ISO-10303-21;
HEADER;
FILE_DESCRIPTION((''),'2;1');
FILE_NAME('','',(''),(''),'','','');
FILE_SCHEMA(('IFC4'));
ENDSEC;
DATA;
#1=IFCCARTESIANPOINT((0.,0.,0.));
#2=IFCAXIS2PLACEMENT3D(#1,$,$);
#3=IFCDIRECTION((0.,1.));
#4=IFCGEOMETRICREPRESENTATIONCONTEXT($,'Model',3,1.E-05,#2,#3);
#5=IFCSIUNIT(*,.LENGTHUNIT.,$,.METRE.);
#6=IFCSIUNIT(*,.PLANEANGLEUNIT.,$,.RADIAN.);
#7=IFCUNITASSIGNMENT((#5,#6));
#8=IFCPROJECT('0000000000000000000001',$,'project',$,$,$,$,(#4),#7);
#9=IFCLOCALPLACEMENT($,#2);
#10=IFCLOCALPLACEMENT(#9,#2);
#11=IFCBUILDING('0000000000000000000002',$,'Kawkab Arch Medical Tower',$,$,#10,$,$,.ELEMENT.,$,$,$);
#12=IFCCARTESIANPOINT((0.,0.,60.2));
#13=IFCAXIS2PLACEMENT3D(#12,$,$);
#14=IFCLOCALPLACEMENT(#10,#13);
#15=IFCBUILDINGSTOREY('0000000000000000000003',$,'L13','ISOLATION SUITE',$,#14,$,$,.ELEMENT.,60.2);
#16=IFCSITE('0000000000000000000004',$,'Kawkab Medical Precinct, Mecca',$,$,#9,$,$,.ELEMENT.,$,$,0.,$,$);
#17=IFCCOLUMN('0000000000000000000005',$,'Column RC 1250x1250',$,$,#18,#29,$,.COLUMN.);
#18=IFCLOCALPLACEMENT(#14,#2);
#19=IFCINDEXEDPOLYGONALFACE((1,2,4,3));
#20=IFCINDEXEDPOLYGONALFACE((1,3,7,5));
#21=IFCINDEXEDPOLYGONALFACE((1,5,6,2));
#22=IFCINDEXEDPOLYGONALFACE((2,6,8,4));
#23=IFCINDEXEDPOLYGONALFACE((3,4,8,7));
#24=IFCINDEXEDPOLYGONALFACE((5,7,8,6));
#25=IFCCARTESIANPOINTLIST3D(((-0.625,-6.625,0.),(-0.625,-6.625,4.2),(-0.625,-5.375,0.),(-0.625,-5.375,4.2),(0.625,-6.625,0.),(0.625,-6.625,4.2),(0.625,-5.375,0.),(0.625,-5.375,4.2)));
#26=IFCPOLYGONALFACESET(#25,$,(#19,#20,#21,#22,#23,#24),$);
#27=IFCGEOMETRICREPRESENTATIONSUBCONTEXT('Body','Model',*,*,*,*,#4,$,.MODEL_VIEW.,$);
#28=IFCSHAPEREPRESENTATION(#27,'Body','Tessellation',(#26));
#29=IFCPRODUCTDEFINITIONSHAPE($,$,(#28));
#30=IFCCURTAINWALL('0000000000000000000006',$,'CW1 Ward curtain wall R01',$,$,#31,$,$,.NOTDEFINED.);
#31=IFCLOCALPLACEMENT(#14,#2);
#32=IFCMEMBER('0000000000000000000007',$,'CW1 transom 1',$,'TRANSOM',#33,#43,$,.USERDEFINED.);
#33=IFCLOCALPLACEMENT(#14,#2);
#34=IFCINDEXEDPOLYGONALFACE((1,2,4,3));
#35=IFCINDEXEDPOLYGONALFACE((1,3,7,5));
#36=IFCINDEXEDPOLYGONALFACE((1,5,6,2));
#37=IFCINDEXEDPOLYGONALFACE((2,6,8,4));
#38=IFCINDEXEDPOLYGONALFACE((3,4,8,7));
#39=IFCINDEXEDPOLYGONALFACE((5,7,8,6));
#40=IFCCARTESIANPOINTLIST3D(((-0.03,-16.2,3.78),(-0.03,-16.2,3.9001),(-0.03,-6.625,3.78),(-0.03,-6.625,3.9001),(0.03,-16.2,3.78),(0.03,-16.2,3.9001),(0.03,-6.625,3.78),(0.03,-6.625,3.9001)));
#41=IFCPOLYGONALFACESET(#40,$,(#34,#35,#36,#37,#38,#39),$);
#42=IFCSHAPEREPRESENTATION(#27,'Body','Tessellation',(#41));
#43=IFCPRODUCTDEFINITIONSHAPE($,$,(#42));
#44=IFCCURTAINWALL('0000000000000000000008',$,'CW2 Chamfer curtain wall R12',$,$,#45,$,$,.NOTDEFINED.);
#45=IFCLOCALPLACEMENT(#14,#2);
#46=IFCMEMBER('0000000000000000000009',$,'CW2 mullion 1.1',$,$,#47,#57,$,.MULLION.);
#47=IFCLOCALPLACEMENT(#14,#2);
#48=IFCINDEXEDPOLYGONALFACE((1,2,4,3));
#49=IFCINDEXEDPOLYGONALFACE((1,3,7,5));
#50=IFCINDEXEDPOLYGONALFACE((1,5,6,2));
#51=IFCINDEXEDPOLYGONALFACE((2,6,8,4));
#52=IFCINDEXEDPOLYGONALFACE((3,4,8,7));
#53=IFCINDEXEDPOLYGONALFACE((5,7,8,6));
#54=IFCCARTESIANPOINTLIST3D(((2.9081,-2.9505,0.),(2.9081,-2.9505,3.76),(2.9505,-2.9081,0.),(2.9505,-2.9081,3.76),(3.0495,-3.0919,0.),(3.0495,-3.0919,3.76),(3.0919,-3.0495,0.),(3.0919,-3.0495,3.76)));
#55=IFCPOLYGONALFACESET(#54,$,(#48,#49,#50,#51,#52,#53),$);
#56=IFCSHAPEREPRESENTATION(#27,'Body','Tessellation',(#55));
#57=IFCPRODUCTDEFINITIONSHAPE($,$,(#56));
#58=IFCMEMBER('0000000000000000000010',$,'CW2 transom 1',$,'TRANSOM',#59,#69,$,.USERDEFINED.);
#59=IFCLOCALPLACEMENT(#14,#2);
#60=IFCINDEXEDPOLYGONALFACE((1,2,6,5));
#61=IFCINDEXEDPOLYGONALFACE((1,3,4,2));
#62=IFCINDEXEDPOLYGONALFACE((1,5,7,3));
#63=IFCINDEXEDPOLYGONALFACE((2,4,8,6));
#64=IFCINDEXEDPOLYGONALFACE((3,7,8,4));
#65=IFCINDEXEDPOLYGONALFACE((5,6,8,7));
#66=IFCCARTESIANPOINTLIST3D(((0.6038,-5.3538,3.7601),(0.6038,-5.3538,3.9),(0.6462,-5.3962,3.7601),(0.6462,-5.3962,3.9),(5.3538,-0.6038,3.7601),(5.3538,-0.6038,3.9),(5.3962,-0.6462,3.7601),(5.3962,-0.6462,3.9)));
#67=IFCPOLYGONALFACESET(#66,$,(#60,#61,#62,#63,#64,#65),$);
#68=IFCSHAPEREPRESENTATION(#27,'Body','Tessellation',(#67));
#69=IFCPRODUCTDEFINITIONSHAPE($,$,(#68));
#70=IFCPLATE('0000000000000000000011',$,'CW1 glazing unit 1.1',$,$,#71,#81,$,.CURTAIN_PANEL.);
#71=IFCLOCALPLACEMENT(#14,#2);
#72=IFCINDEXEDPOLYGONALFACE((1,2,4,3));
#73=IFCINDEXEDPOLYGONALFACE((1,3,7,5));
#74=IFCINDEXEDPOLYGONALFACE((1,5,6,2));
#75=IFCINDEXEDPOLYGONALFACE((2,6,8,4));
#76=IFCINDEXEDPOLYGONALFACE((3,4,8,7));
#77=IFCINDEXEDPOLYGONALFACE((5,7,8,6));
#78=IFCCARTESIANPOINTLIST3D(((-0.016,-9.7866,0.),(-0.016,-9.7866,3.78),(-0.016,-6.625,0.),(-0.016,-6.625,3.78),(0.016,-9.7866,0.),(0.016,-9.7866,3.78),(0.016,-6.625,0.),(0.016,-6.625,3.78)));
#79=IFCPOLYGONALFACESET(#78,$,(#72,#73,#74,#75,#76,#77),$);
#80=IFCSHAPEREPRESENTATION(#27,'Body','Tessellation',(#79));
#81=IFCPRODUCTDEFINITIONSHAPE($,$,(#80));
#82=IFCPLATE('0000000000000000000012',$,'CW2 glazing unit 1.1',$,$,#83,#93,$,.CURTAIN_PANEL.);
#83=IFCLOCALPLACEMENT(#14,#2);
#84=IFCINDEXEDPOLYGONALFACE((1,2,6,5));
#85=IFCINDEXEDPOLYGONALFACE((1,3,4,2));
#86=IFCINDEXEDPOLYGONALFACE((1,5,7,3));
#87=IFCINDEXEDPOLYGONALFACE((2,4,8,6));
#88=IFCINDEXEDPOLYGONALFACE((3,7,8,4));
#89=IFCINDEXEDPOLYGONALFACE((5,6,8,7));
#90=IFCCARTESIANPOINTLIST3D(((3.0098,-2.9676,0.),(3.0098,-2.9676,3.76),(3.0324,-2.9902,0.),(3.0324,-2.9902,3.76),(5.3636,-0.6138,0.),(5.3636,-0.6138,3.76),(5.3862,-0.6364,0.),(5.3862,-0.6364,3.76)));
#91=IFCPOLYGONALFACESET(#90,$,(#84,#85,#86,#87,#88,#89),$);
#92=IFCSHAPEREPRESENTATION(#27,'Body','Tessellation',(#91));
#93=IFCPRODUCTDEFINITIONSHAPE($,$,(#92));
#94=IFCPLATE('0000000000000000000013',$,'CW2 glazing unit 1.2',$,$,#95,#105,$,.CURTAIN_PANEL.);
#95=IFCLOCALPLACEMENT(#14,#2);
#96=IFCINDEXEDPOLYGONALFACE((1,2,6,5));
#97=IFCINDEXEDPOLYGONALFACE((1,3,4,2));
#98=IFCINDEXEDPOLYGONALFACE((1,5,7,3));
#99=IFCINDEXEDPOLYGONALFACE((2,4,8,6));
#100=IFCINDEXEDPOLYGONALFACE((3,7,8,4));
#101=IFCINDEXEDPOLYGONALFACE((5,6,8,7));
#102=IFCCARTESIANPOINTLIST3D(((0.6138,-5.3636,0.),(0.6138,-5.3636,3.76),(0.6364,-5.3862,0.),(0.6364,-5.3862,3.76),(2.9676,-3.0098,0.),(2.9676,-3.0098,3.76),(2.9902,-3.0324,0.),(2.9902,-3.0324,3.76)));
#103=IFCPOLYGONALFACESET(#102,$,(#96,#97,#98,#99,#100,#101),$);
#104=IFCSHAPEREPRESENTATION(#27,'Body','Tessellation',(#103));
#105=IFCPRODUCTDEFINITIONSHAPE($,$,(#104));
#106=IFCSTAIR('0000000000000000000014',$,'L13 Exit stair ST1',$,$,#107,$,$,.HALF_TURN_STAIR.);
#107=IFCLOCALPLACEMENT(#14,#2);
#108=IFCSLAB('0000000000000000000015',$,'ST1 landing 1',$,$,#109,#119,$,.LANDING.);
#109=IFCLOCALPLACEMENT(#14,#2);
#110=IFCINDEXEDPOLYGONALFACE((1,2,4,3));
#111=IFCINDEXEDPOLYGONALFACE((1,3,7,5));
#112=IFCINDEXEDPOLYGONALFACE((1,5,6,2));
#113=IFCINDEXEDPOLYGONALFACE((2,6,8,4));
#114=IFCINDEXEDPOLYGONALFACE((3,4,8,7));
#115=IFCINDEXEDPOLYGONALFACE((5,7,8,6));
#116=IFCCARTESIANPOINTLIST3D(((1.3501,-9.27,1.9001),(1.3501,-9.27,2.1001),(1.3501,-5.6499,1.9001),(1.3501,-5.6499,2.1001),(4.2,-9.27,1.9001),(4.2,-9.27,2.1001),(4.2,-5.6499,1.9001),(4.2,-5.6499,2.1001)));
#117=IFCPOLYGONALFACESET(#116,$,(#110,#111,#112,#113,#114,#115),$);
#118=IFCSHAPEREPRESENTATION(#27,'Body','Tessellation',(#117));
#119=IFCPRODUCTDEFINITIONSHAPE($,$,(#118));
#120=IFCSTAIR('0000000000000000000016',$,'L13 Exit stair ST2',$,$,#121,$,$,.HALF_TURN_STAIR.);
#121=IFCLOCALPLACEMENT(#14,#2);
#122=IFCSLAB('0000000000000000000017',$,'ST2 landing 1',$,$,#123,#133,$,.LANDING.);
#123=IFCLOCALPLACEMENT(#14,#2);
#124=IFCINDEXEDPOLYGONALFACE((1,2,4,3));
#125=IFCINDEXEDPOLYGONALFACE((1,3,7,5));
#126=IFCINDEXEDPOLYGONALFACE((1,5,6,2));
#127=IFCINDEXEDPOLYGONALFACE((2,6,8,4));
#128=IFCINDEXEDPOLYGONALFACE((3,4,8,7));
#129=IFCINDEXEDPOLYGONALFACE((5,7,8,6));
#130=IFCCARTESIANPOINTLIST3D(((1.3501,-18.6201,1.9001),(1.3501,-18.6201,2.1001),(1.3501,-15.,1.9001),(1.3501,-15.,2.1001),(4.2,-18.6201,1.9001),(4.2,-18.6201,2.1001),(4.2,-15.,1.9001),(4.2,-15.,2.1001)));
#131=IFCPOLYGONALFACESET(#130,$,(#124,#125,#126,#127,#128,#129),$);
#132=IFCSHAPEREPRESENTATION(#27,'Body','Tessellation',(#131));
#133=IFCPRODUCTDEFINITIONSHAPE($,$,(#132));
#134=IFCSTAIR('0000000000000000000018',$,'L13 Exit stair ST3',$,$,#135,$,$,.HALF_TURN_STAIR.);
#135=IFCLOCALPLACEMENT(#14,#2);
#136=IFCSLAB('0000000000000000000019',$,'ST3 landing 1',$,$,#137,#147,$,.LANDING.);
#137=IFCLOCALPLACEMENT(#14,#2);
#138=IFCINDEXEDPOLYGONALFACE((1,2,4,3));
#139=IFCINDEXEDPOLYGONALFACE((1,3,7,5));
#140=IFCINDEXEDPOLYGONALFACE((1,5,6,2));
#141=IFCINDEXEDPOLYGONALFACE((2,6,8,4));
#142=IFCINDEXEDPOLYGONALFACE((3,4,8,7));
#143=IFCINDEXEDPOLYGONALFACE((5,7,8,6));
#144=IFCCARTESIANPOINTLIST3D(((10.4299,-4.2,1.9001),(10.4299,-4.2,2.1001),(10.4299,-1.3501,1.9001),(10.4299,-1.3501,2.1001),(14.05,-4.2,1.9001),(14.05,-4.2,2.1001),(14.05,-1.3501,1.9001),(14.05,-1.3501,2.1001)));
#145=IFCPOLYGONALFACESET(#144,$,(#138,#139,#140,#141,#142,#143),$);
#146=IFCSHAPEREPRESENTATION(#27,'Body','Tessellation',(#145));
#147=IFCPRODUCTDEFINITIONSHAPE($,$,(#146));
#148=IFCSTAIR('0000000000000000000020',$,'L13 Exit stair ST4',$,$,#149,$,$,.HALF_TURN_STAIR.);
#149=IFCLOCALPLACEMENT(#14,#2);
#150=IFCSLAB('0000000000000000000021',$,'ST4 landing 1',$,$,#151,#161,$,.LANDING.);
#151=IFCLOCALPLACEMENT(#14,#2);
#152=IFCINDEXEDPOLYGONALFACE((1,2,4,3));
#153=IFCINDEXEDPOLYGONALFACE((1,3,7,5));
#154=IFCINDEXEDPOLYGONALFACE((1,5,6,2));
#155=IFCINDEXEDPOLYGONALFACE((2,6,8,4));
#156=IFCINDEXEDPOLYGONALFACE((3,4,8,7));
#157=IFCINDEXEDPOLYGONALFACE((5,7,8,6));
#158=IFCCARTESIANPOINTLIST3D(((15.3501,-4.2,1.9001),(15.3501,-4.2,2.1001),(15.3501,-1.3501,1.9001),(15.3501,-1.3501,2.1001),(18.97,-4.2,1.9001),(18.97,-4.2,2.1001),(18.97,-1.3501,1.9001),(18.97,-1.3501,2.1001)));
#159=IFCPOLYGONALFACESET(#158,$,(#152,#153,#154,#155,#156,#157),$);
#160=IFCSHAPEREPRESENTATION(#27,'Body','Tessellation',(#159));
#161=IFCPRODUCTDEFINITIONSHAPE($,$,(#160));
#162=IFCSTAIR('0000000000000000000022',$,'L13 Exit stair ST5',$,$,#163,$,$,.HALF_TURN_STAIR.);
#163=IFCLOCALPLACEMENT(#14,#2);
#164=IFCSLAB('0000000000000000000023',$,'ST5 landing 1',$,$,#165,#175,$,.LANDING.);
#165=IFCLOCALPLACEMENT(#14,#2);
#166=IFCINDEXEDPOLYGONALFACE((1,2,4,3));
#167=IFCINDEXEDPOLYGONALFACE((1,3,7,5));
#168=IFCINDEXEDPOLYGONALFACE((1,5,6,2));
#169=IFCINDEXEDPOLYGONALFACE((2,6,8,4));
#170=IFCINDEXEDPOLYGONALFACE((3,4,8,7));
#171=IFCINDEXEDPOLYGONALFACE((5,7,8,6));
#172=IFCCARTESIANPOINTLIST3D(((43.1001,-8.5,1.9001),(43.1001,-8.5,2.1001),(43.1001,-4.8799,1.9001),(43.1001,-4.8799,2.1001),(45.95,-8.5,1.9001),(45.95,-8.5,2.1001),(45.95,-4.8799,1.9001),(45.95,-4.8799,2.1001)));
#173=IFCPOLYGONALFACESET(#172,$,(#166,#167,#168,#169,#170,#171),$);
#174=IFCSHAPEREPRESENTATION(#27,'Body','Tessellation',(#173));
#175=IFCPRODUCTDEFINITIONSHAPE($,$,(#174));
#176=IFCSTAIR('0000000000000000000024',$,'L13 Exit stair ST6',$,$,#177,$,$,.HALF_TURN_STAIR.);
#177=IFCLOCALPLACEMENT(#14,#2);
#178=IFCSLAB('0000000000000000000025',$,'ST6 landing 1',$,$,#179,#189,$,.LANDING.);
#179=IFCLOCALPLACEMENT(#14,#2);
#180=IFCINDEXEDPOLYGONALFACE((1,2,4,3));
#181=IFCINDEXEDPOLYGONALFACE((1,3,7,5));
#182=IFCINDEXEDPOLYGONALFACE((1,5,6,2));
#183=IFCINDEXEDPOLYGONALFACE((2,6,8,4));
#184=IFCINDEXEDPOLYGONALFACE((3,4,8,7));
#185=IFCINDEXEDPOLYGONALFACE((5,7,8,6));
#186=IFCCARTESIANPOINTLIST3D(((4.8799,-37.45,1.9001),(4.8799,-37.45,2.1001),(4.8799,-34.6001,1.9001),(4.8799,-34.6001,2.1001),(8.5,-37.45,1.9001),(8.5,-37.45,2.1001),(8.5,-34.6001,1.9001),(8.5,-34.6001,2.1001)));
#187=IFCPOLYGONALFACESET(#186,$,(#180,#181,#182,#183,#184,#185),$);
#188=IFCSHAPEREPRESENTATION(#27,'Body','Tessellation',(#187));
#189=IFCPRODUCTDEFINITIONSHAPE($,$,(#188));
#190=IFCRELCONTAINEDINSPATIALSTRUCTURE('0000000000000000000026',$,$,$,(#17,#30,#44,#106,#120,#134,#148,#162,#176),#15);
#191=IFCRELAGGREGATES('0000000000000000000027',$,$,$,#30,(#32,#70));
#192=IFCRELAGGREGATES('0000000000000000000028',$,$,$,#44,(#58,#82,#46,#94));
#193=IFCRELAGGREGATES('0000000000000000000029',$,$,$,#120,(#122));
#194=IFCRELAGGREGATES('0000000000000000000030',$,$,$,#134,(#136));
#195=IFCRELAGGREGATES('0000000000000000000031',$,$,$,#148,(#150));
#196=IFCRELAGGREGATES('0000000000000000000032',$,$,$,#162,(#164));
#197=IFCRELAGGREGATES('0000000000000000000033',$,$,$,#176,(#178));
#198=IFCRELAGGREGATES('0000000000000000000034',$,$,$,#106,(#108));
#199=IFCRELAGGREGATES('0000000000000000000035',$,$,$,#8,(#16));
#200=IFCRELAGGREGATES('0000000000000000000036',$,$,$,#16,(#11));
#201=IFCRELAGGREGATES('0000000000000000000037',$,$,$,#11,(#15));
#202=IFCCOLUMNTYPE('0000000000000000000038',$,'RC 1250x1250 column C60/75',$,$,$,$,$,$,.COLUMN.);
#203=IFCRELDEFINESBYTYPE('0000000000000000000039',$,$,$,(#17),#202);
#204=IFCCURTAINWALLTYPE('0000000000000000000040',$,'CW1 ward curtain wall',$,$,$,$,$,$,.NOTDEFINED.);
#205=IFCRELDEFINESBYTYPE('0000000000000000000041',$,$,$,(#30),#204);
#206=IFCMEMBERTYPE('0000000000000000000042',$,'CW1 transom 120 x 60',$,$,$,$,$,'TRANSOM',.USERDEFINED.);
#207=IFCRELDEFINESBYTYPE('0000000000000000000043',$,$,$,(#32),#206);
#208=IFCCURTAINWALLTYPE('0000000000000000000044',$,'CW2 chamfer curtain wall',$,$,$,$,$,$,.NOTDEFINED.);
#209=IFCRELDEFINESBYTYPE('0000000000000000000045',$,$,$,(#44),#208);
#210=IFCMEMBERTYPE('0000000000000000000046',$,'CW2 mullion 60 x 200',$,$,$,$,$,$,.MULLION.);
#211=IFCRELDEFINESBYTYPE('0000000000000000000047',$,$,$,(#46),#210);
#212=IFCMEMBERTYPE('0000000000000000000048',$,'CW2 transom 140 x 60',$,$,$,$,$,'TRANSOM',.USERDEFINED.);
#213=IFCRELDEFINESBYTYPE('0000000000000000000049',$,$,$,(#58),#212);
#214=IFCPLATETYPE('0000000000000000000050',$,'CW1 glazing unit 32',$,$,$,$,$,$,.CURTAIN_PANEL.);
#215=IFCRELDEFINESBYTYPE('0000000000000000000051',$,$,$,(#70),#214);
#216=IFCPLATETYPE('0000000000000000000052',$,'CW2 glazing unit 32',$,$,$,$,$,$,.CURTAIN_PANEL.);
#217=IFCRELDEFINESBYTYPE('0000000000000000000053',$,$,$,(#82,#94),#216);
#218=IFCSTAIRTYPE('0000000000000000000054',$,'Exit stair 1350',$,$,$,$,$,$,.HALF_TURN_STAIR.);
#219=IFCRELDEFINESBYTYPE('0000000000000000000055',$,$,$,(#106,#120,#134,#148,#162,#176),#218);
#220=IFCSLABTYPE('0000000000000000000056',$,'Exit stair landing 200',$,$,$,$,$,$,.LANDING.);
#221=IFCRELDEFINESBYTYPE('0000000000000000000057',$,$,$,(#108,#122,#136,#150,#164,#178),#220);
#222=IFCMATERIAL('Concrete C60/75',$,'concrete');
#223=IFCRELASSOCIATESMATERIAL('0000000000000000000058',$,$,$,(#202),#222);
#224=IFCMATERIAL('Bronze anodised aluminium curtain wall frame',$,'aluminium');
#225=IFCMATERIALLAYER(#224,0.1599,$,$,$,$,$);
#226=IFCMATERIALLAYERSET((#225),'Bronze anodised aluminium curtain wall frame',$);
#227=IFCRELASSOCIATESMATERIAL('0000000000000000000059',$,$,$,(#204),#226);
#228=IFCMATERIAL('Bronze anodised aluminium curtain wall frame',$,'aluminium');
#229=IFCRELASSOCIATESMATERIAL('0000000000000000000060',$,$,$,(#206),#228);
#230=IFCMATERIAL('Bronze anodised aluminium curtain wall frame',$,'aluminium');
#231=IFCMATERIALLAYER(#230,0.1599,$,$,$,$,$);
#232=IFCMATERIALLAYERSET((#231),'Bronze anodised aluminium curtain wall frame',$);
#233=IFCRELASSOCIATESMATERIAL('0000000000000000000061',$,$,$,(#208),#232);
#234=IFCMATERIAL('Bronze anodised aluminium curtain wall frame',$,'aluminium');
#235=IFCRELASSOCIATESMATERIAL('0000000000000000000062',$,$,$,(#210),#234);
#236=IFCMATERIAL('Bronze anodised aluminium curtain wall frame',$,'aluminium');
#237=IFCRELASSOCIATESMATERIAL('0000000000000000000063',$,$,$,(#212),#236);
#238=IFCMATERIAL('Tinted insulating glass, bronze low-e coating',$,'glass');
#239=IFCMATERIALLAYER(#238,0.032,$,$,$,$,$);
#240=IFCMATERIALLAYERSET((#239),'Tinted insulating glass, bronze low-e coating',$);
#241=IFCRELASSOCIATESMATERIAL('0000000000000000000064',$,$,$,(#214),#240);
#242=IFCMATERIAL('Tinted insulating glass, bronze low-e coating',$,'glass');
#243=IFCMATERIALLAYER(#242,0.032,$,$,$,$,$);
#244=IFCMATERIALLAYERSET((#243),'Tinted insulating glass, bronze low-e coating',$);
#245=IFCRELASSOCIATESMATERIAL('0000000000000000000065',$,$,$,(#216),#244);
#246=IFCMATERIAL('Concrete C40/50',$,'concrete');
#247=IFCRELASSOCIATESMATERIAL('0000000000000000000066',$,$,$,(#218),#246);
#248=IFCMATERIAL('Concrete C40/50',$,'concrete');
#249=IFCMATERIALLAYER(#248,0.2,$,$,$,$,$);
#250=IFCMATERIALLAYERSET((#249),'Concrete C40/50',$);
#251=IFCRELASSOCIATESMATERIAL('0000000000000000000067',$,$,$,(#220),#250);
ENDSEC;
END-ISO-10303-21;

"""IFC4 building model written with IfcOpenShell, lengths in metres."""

from ifc_helpers import new_model, si_unit, direction, frame, origin, origin_2d, place, context, subcontext, project, spatial, polyline, rectangle, outline, extrude, material, layer, layer_set, material_profile, profile_set, type_object, element, aggregate, save


model = new_model("IFC4")

# Units and contexts
model_context = context("Model", 3, precision=1e-05, world=origin(), true_north=direction((0.0, 1.0)))
body_context = subcontext(model_context, "Body", "Model", "MODEL_VIEW")
ifc_project = project(units=[si_unit("LENGTHUNIT", "METRE"), si_unit("PLANEANGLEUNIT", "RADIAN")], contexts=[model_context])

# Site, building, storey
site_placement = place(None, origin())
site = spatial("IfcSite", under=ifc_project, at=site_placement, Name="Kawkab Medical Precinct, Mecca", CompositionType="ELEMENT", RefElevation=0.0)
building_placement = place(site_placement, origin())
building = spatial("IfcBuilding", under=site, at=building_placement, Name="Kawkab Arch Medical Tower", CompositionType="ELEMENT")
storey_placement = place(building_placement, frame((0.0, 0.0, 60.2)))
storey = spatial("IfcBuildingStorey", under=building, at=storey_placement, Name="L13", Description="ISOLATION SUITE", CompositionType="ELEMENT", Elevation=60.2)

# Column
ifc_material_1 = material(Name="Concrete C60/75", Category="concrete")
ifc_material_profile_1 = material_profile(ifc_material_1, rectangle(XDim=1.25, YDim=1.25, at=origin_2d()), Name="RC 1250x1250")
ifc_profile_set_1 = profile_set([ifc_material_profile_1], Name="Concrete C60/75")
column_type = type_object("IfcColumnType", Name="RC 1250x1250 column C60/75", PredefinedType="COLUMN", material=ifc_profile_set_1)
column_placement = place(storey_placement, frame((0.0, -6.0, 0.0), z_axis=(0.0, 0.0, 1.0), x_axis=(1.0, 0.0, 0.0)))
element("IfcColumn", 1, at=column_placement, inside=storey, type_object=column_type, Name="Column RC 1250x1250", PredefinedType="COLUMN", context=body_context, shape_type="SweptSolid", body=[
    extrude(rectangle(XDim=1.25, YDim=1.25, at=origin_2d()), origin(), (0.0, 0.0, 1.0), 4.2),
])

# Curtain wall, member
ifc_material_2 = material(Name="Bronze anodised aluminium curtain wall frame", Category="aluminium")
ifc_layer_1 = layer(ifc_material_2, 0.1599)
ifc_layer_set_1 = layer_set([ifc_layer_1], Name="Bronze anodised aluminium curtain wall frame")
curtain_wall_type_1 = type_object("IfcCurtainWallType", Name="CW1 ward curtain wall", PredefinedType="NOTDEFINED", material=ifc_layer_set_1)
placement_1 = place(storey_placement, origin())
curtain_wall_1 = element("IfcCurtainWall", 2, at=placement_1, inside=storey, type_object=curtain_wall_type_1, Name="CW1 Ward curtain wall R01", PredefinedType="NOTDEFINED")
ifc_material_3 = material(Name="Bronze anodised aluminium curtain wall frame", Category="aluminium")
ifc_material_profile_2 = material_profile(ifc_material_3, rectangle(XDim=0.0601, YDim=0.1201, at=origin_2d()), Name="AL 60x120")
ifc_profile_set_2 = profile_set([ifc_material_profile_2], Name="Bronze anodised aluminium curtain wall frame")
member_type_1 = type_object("IfcMemberType", Name="CW1 transom 120 x 60", ElementType="TRANSOM", PredefinedType="USERDEFINED", material=ifc_profile_set_2)
member_1_placement = place(storey_placement, frame((0.0, -6.625, 3.8401), z_axis=(0.0, -1.0, 0.0), x_axis=(1.0, 0.0, 0.0)))
member_1 = element("IfcMember", 3, at=member_1_placement, type_object=member_type_1, Name="CW1 transom 1", ObjectType="TRANSOM", PredefinedType="USERDEFINED", context=body_context, shape_type="SweptSolid", body=[
    extrude(rectangle(XDim=0.0601, YDim=0.1201, at=origin_2d()), origin(), (0.0, 0.0, 1.0), 9.575),
])

# Curtain wall, members
ifc_material_4 = material(Name="Bronze anodised aluminium curtain wall frame", Category="aluminium")
ifc_layer_2 = layer(ifc_material_4, 0.1599)
ifc_layer_set_2 = layer_set([ifc_layer_2], Name="Bronze anodised aluminium curtain wall frame")
curtain_wall_type_2 = type_object("IfcCurtainWallType", Name="CW2 chamfer curtain wall", PredefinedType="NOTDEFINED", material=ifc_layer_set_2)
curtain_wall_2 = element("IfcCurtainWall", 4, at=placement_1, inside=storey, type_object=curtain_wall_type_2, Name="CW2 Chamfer curtain wall R12", PredefinedType="NOTDEFINED")
ifc_material_5 = material(Name="Bronze anodised aluminium curtain wall frame", Category="aluminium")
ifc_material_profile_3 = material_profile(ifc_material_5, rectangle(XDim=0.2, YDim=0.0601, at=origin_2d()), Name="AL 60x200")
ifc_profile_set_3 = profile_set([ifc_material_profile_3], Name="Bronze anodised aluminium curtain wall frame")
member_type_2 = type_object("IfcMemberType", Name="CW2 mullion 60 x 200", PredefinedType="MULLION", material=ifc_profile_set_3)
member_2_placement = place(storey_placement, frame((3.0, -3.0, 0.0), z_axis=(0.0, 0.0, 1.0), x_axis=(0.707107, -0.707107, 0.0)))
member_2 = element("IfcMember", 5, at=member_2_placement, type_object=member_type_2, Name="CW2 mullion 1.1", PredefinedType="MULLION", context=body_context, shape_type="SweptSolid", body=[
    extrude(rectangle(XDim=0.2, YDim=0.0601, at=origin_2d()), origin(), (0.0, 0.0, 1.0), 3.76),
])
ifc_material_6 = material(Name="Bronze anodised aluminium curtain wall frame", Category="aluminium")
ifc_material_profile_4 = material_profile(ifc_material_6, rectangle(XDim=0.0601, YDim=0.1399, at=origin_2d()), Name="AL 60x140")
ifc_profile_set_4 = profile_set([ifc_material_profile_4], Name="Bronze anodised aluminium curtain wall frame")
member_type_3 = type_object("IfcMemberType", Name="CW2 transom 140 x 60", ElementType="TRANSOM", PredefinedType="USERDEFINED", material=ifc_profile_set_4)
member_3_placement = place(storey_placement, frame((5.375, -0.625, 3.8301), z_axis=(-0.707107, -0.707107, 0.0), x_axis=(0.707107, -0.707107, 0.0)))
member_3 = element("IfcMember", 6, at=member_3_placement, type_object=member_type_3, Name="CW2 transom 1", ObjectType="TRANSOM", PredefinedType="USERDEFINED", context=body_context, shape_type="SweptSolid", body=[
    extrude(rectangle(XDim=0.0601, YDim=0.1399, at=origin_2d()), origin(), (0.0, 0.0, 1.0), 6.7175),
])

# Plates
ifc_material_7 = material(Name="Tinted insulating glass, bronze low-e coating", Category="glass")
ifc_layer_3 = layer(ifc_material_7, 0.032)
ifc_layer_set_3 = layer_set([ifc_layer_3], Name="Tinted insulating glass, bronze low-e coating")
plate_type_1 = type_object("IfcPlateType", Name="CW1 glazing unit 32", PredefinedType="CURTAIN_PANEL", material=ifc_layer_set_3)
plate_1_placement = place(storey_placement, frame((0.0, -8.2058, 0.0), z_axis=(0.0, 0.0, 1.0), x_axis=(0.0, -1.0, 0.0)))
plate_1 = element("IfcPlate", 7, at=plate_1_placement, type_object=plate_type_1, Name="CW1 glazing unit 1.1", PredefinedType="CURTAIN_PANEL", context=body_context, shape_type="SweptSolid", body=[
    extrude(rectangle(XDim=3.1616, YDim=0.032, at=origin_2d()), origin(), (0.0, 0.0, 1.0), 3.78),
])
aggregate(curtain_wall_1, [member_1, plate_1])
ifc_material_8 = material(Name="Tinted insulating glass, bronze low-e coating", Category="glass")
ifc_layer_4 = layer(ifc_material_8, 0.032)
ifc_layer_set_4 = layer_set([ifc_layer_4], Name="Tinted insulating glass, bronze low-e coating")
plate_type_2 = type_object("IfcPlateType", Name="CW2 glazing unit 32", PredefinedType="CURTAIN_PANEL", material=ifc_layer_set_4)
plate_2_placement = place(storey_placement, frame((4.198, -1.802, 0.0), z_axis=(0.0, 0.0, 1.0), x_axis=(-0.707107, -0.707107, 0.0)))
plate_2 = element("IfcPlate", 8, at=plate_2_placement, type_object=plate_type_2, Name="CW2 glazing unit 1.1", PredefinedType="CURTAIN_PANEL", context=body_context, shape_type="SweptSolid", body=[
    extrude(rectangle(XDim=3.3289, YDim=0.032, at=origin_2d()), origin(), (0.0, 0.0, 1.0), 3.76),
])
plate_3_placement = place(storey_placement, frame((1.802, -4.198, 0.0), z_axis=(0.0, 0.0, 1.0), x_axis=(-0.707107, -0.707107, 0.0)))
plate_3 = element("IfcPlate", 9, at=plate_3_placement, type_object=plate_type_2, Name="CW2 glazing unit 1.2", PredefinedType="CURTAIN_PANEL", context=body_context, shape_type="SweptSolid", body=[
    extrude(rectangle(XDim=3.3289, YDim=0.032, at=origin_2d()), origin(), (0.0, 0.0, 1.0), 3.76),
])
aggregate(curtain_wall_2, [member_3, plate_2, member_2, plate_3])

# Stairs, slabs
ifc_material_9 = material(Name="Concrete C40/50", Category="concrete")
stair_type = type_object("IfcStairType", Name="Exit stair 1350", PredefinedType="HALF_TURN_STAIR", material=ifc_material_9)
stair_1 = element("IfcStair", 10, at=placement_1, inside=storey, type_object=stair_type, Name="L13 Exit stair ST1", PredefinedType="HALF_TURN_STAIR")
ifc_material_10 = material(Name="Concrete C40/50", Category="concrete")
ifc_layer_5 = layer(ifc_material_10, 0.2)
ifc_layer_set_5 = layer_set([ifc_layer_5], Name="Concrete C40/50")
slab_type_1 = type_object("IfcSlabType", Name="Exit stair landing 200", PredefinedType="LANDING", material=ifc_layer_set_5)
placement_2 = place(storey_placement, frame((0.0, 0.0, 1.9001)))
slab_1 = element("IfcSlab", 11, at=placement_2, type_object=slab_type_1, Name="ST1 landing 1", PredefinedType="LANDING", context=body_context, shape_type="SweptSolid", body=[
    extrude(outline(polyline([(4.2, -9.27), (4.2, -5.6499), (1.3501, -5.6499), (1.3501, -9.27), (4.2, -9.27)])), origin(), (0.0, 0.0, 1.0), 0.2),
])
stair_2 = element("IfcStair", 12, at=placement_1, inside=storey, type_object=stair_type, Name="L13 Exit stair ST2", PredefinedType="HALF_TURN_STAIR")
slab_2 = element("IfcSlab", 13, at=placement_2, type_object=slab_type_1, Name="ST2 landing 1", PredefinedType="LANDING", context=body_context, shape_type="SweptSolid", body=[
    extrude(outline(polyline([(4.2, -18.6201), (4.2, -15.0), (1.3501, -15.0), (1.3501, -18.6201), (4.2, -18.6201)])), origin(), (0.0, 0.0, 1.0), 0.2),
])
aggregate(stair_2, [slab_2])
stair_3 = element("IfcStair", 14, at=placement_1, inside=storey, type_object=stair_type, Name="L13 Exit stair ST3", PredefinedType="HALF_TURN_STAIR")
slab_3 = element("IfcSlab", 15, at=placement_2, type_object=slab_type_1, Name="ST3 landing 1", PredefinedType="LANDING", context=body_context, shape_type="SweptSolid", body=[
    extrude(outline(polyline([(10.4299, -4.2), (14.05, -4.2), (14.05, -1.3501), (10.4299, -1.3501), (10.4299, -4.2)])), origin(), (0.0, 0.0, 1.0), 0.2),
])
aggregate(stair_3, [slab_3])
stair_4 = element("IfcStair", 16, at=placement_1, inside=storey, type_object=stair_type, Name="L13 Exit stair ST4", PredefinedType="HALF_TURN_STAIR")
slab_4 = element("IfcSlab", 17, at=placement_2, type_object=slab_type_1, Name="ST4 landing 1", PredefinedType="LANDING", context=body_context, shape_type="SweptSolid", body=[
    extrude(outline(polyline([(18.97, -1.3501), (15.3501, -1.3501), (15.3501, -4.2), (18.97, -4.2), (18.97, -1.3501)])), origin(), (0.0, 0.0, 1.0), 0.2),
])
aggregate(stair_4, [slab_4])
stair_5 = element("IfcStair", 18, at=placement_1, inside=storey, type_object=stair_type, Name="L13 Exit stair ST5", PredefinedType="HALF_TURN_STAIR")
slab_5 = element("IfcSlab", 19, at=placement_2, type_object=slab_type_1, Name="ST5 landing 1", PredefinedType="LANDING", context=body_context, shape_type="SweptSolid", body=[
    extrude(outline(polyline([(43.1001, -4.8799), (43.1001, -8.5), (45.95, -8.5), (45.95, -4.8799), (43.1001, -4.8799)])), origin(), (0.0, 0.0, 1.0), 0.2),
])
aggregate(stair_5, [slab_5])
stair_6 = element("IfcStair", 20, at=placement_1, inside=storey, type_object=stair_type, Name="L13 Exit stair ST6", PredefinedType="HALF_TURN_STAIR")
slab_6 = element("IfcSlab", 21, at=placement_2, type_object=slab_type_1, Name="ST6 landing 1", PredefinedType="LANDING", context=body_context, shape_type="SweptSolid", body=[
    extrude(outline(polyline([(4.8799, -37.45), (8.5, -37.45), (8.5, -34.6001), (4.8799, -34.6001), (4.8799, -37.45)])), origin(), (0.0, 0.0, 1.0), 0.2),
])
aggregate(stair_6, [slab_6])

aggregate(stair_1, [slab_1])

save(model, "model.ifc")
